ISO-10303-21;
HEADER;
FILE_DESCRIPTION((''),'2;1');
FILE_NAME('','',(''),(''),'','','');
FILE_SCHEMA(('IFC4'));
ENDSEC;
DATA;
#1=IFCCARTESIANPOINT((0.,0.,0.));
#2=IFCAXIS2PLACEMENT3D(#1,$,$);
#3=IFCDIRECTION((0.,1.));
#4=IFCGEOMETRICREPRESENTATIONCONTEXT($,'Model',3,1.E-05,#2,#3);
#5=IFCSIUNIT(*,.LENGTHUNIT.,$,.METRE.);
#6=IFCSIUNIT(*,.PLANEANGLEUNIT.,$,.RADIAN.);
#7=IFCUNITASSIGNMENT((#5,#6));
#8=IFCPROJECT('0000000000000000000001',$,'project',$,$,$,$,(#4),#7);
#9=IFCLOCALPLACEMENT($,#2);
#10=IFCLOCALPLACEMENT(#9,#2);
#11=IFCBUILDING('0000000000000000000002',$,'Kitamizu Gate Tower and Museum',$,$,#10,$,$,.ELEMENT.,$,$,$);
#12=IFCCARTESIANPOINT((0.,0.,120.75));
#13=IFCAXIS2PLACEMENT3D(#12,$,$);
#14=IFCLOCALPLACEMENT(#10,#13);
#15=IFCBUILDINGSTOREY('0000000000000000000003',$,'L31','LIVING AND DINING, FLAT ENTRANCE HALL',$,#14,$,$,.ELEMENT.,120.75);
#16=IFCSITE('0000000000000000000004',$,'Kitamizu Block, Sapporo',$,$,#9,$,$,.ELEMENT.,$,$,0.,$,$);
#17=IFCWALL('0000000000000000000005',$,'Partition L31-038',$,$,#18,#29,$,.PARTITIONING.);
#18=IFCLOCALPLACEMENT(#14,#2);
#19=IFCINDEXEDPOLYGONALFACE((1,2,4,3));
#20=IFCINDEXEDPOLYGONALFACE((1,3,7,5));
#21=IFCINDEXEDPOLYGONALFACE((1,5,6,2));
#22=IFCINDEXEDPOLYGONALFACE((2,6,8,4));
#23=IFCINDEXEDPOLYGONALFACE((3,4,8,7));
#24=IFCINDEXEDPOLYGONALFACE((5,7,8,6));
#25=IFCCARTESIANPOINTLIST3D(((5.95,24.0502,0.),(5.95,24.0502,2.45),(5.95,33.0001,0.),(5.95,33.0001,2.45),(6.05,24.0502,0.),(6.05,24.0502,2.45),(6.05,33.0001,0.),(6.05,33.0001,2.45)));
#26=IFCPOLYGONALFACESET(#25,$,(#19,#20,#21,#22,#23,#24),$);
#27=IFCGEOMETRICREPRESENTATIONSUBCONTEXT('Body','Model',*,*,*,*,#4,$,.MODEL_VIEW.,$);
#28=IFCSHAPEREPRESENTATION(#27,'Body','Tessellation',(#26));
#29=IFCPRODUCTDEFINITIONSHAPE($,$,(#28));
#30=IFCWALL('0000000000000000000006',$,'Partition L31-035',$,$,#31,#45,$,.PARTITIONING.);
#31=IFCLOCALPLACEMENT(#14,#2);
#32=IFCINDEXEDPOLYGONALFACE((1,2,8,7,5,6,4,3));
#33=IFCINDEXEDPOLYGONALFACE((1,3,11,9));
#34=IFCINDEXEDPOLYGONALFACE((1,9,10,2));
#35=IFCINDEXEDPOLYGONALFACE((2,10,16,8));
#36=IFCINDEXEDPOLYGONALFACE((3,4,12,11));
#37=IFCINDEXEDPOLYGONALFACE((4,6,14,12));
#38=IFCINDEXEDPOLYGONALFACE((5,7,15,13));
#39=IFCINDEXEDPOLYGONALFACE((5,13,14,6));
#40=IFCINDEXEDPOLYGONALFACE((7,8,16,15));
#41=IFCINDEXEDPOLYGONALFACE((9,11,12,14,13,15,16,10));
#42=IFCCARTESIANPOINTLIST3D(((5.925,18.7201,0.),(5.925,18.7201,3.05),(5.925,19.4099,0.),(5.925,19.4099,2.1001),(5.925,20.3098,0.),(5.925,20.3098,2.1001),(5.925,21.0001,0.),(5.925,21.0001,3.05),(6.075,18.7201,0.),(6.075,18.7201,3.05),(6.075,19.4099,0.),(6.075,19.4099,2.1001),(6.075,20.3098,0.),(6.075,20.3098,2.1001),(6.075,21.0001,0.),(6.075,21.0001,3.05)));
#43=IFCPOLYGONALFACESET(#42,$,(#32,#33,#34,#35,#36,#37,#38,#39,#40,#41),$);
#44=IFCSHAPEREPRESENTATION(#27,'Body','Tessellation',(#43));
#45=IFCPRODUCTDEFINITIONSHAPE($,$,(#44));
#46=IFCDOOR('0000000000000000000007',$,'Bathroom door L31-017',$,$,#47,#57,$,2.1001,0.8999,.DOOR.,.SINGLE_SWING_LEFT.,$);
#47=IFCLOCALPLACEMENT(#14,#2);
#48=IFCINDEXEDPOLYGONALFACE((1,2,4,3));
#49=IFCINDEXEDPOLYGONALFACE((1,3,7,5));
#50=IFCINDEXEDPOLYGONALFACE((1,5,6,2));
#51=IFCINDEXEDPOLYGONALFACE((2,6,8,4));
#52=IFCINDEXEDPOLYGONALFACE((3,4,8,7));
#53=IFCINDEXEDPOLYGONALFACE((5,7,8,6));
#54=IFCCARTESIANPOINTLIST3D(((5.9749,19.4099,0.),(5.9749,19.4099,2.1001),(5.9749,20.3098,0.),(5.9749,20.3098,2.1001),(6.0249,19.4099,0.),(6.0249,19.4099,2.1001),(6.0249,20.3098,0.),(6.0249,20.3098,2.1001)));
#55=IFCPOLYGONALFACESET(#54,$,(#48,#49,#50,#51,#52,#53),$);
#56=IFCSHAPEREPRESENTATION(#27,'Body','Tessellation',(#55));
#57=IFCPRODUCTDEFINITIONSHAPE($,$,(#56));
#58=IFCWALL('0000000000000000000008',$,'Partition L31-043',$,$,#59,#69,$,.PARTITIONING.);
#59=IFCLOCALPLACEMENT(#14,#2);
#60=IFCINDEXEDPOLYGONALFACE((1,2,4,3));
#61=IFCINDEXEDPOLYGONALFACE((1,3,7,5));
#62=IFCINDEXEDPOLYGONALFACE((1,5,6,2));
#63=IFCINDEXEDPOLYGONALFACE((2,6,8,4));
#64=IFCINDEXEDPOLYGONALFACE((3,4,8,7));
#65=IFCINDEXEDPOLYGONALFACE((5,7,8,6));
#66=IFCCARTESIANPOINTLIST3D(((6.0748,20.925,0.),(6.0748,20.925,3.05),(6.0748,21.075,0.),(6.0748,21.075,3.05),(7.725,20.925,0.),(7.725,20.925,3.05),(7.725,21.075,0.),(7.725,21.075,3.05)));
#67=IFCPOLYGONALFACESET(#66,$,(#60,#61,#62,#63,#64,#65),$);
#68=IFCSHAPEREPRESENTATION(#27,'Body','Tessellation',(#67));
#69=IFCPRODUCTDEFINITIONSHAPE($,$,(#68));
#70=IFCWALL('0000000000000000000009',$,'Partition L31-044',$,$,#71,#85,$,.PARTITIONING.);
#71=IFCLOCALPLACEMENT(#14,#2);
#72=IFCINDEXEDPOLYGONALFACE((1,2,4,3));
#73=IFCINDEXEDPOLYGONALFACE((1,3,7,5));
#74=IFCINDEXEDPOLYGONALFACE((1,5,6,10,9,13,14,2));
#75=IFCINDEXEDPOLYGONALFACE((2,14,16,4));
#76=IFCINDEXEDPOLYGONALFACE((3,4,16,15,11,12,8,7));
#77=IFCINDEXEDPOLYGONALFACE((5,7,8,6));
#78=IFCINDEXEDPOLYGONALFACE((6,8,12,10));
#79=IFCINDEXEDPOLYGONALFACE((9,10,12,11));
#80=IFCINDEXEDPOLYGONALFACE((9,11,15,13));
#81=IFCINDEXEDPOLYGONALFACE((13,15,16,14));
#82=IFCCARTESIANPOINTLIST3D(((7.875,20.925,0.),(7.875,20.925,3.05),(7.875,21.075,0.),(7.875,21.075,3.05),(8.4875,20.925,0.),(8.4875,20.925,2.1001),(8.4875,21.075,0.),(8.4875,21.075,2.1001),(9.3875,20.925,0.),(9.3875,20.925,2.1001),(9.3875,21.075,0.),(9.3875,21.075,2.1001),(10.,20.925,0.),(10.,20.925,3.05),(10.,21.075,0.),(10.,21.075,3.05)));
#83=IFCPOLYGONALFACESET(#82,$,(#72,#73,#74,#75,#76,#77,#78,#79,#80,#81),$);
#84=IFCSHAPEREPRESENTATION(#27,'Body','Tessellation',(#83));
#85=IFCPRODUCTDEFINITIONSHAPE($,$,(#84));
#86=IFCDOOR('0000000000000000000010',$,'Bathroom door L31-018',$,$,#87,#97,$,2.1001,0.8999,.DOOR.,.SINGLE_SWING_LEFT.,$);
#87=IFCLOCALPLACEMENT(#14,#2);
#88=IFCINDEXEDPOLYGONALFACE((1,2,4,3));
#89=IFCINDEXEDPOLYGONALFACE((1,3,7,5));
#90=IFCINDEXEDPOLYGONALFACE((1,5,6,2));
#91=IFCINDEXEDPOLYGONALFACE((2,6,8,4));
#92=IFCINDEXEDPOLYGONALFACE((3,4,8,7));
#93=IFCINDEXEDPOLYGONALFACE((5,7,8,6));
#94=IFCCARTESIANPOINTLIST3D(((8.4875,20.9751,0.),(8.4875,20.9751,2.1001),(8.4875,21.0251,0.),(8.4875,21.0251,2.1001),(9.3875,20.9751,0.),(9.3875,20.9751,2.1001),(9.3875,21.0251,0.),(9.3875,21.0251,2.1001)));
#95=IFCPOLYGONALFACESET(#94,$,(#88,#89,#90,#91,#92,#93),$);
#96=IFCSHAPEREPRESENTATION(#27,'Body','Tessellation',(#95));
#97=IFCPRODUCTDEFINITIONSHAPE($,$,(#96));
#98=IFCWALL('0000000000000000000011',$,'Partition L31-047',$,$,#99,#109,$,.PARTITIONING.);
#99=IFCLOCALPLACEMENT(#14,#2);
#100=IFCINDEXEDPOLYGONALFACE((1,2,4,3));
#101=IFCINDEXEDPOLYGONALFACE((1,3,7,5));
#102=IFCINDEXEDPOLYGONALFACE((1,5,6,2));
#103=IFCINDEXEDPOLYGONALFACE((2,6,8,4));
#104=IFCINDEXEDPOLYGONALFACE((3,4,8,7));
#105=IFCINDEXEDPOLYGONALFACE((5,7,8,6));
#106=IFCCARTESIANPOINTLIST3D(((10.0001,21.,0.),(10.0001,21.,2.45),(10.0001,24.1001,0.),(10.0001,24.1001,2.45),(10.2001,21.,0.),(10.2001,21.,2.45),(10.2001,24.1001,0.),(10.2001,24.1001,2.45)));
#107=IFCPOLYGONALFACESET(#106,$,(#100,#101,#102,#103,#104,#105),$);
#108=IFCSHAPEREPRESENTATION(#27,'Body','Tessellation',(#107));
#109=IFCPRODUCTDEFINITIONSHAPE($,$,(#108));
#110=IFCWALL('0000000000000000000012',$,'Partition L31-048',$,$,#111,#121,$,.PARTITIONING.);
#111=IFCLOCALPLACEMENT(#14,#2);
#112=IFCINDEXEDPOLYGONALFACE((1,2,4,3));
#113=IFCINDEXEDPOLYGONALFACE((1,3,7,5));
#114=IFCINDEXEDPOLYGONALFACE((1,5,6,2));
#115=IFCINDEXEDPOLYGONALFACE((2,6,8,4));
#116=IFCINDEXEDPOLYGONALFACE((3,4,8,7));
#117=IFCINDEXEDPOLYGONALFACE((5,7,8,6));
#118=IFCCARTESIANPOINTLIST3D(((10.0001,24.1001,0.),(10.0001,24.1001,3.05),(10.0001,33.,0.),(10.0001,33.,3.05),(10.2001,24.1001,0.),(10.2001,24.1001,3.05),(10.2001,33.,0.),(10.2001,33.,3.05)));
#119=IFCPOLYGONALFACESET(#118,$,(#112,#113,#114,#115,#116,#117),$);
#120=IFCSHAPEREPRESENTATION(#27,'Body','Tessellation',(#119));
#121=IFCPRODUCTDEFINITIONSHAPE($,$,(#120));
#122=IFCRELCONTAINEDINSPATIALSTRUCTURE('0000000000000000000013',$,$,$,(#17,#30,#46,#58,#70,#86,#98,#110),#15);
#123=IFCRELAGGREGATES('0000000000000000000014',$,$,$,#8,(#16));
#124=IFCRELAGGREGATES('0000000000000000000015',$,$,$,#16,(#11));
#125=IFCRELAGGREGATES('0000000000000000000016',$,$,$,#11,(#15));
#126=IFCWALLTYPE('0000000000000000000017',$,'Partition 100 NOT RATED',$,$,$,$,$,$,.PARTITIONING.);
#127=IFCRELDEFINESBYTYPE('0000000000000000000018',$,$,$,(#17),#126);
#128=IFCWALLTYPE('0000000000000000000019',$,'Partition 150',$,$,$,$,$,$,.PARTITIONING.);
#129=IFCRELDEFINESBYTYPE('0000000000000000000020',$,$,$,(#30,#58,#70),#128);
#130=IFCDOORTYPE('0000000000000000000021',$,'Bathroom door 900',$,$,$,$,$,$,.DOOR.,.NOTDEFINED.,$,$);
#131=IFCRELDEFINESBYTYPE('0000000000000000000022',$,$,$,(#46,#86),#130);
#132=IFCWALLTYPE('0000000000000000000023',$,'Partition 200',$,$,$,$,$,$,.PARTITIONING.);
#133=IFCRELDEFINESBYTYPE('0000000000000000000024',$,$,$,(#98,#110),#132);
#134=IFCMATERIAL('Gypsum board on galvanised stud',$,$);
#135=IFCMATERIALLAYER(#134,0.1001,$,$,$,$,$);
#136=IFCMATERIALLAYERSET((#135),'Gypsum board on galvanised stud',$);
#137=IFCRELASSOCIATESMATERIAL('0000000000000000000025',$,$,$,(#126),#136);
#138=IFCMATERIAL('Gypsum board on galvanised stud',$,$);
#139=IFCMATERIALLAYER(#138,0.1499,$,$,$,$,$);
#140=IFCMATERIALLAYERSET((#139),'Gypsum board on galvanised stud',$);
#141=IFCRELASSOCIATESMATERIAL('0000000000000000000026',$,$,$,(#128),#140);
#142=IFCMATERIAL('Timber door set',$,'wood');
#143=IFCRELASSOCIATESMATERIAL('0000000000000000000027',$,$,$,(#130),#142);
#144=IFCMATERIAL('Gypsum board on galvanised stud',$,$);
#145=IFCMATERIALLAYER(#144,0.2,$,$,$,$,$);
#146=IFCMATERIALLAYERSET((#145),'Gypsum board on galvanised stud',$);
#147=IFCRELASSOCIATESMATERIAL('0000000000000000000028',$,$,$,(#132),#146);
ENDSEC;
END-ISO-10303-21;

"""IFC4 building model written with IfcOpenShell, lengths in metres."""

from ifc_helpers import new_model, si_unit, direction, frame, frame_2d, origin, place, context, subcontext, project, spatial, rectangle, extrude, material, layer, layer_set, type_object, element, fill, save


model = new_model("IFC4")

# Units and contexts
model_context = context("Model", 3, precision=1e-05, world=origin(), true_north=direction((0.0, 1.0)))
body_context = subcontext(model_context, "Body", "Model", "MODEL_VIEW")
ifc_project = project(units=[si_unit("LENGTHUNIT", "METRE"), si_unit("PLANEANGLEUNIT", "RADIAN")], contexts=[model_context])

# Site, building, storey
site_placement = place(None, origin())
site = spatial("IfcSite", under=ifc_project, at=site_placement, Name="Kitamizu Block, Sapporo", CompositionType="ELEMENT", RefElevation=0.0)
building_placement = place(site_placement, origin())
building = spatial("IfcBuilding", under=site, at=building_placement, Name="Kitamizu Gate Tower and Museum", CompositionType="ELEMENT")
storey_placement = place(building_placement, frame((0.0, 0.0, 120.75)))
storey = spatial("IfcBuildingStorey", under=building, at=storey_placement, Name="L31", Description="LIVING AND DINING, FLAT ENTRANCE HALL", CompositionType="ELEMENT", Elevation=120.75)

# Shared definitions
ifc_material_1 = material(Name="Gypsum board on galvanised stud")
ifc_layer_1 = layer(ifc_material_1, 0.1001)
ifc_layer_set_1 = layer_set([ifc_layer_1], Name="Gypsum board on galvanised stud")
wall_type_1 = type_object("IfcWallType", Name="Partition 100 NOT RATED", PredefinedType="PARTITIONING", material=ifc_layer_set_1)

# Wall
wall_1_placement = place(storey_placement, frame((6.0, 24.05, 0.0), z_axis=(0.0, 0.0, 1.0), x_axis=(0.0, 1.0, 0.0)))
element("IfcWall", 1, at=wall_1_placement, inside=storey, type_object=wall_type_1, Name="Partition L31-038", PredefinedType="PARTITIONING", context=body_context, shape_type="SweptSolid", body=[
    extrude(rectangle(XDim=8.95, YDim=0.1001, at=frame_2d((4.4751, 0.0))), origin(), (0.0, 0.0, 1.0), 2.45),
])

# Wall, opening, door
ifc_material_2 = material(Name="Gypsum board on galvanised stud")
ifc_layer_2 = layer(ifc_material_2, 0.1499)
ifc_layer_set_2 = layer_set([ifc_layer_2], Name="Gypsum board on galvanised stud")
wall_type_2 = type_object("IfcWallType", Name="Partition 150", PredefinedType="PARTITIONING", material=ifc_layer_set_2)
wall_2_placement = place(storey_placement, frame((6.0, 18.72, 0.0), z_axis=(0.0, 0.0, 1.0), x_axis=(0.0, 1.0, 0.0)))
wall_2 = element("IfcWall", 2, at=wall_2_placement, inside=storey, type_object=wall_type_2, Name="Partition L31-035", PredefinedType="PARTITIONING", context=body_context, shape_type="SweptSolid", body=[
    extrude(rectangle(XDim=2.28, YDim=0.1499, at=frame_2d((1.1401, 0.0))), origin(), (0.0, 0.0, 1.0), 3.05),
])
opening_1_placement = place(wall_2_placement, frame((0.6899, 0.0, 0.0)))
opening_1 = element("IfcOpeningElement", 3, at=opening_1_placement, cuts=wall_2, PredefinedType="OPENING", context=body_context, shape_type="SweptSolid", body=[
    extrude(rectangle(XDim=0.8999, YDim=2.1001, at=frame_2d((0.45, 1.05))), frame((0.0, 0.085, 0.0), z_axis=(0.0, -1.0, 0.0), x_axis=(1.0, 0.0, 0.0)), (0.0, 0.0, 1.0), 0.1699),
])
ifc_material_3 = material(Name="Timber door set", Category="wood")
door_type_1 = type_object("IfcDoorType", Name="Bathroom door 900", OperationType="NOTDEFINED", PredefinedType="DOOR", material=ifc_material_3)
door_1_placement = place(opening_1_placement, frame((0.8999, 0.0, 0.0), x_axis=(-1.0, 0.0, 0.0)))
door_1 = element("IfcDoor", 4, at=door_1_placement, inside=storey, type_object=door_type_1, Name="Bathroom door L31-017", OperationType="SINGLE_SWING_LEFT", OverallHeight=2.1001, OverallWidth=0.8999, PredefinedType="DOOR", context=body_context, shape_type="SweptSolid", body=[
    extrude(rectangle(XDim=0.8999, YDim=2.1001, at=frame_2d((0.45, 1.05))), frame((0.0, 0.0249, 0.0), z_axis=(0.0, -1.0, 0.0), x_axis=(1.0, 0.0, 0.0)), (0.0, 0.0, 1.0), 0.05),
])
fill(opening_1, door_1)

# Wall
wall_3_placement = place(storey_placement, frame((7.7251, 21.0, 0.0), z_axis=(0.0, 0.0, 1.0), x_axis=(-1.0, 0.0, 0.0)))
element("IfcWall", 5, at=wall_3_placement, inside=storey, type_object=wall_type_2, Name="Partition L31-043", PredefinedType="PARTITIONING", context=body_context, shape_type="SweptSolid", body=[
    extrude(rectangle(XDim=1.6501, YDim=0.1499, at=frame_2d((0.8252, 0.0))), origin(), (0.0, 0.0, 1.0), 3.05),
])

# Wall, opening, door
wall_4_placement = place(storey_placement, frame((10.0, 21.0, 0.0), z_axis=(0.0, 0.0, 1.0), x_axis=(-1.0, 0.0, 0.0)))
wall_4 = element("IfcWall", 6, at=wall_4_placement, inside=storey, type_object=wall_type_2, Name="Partition L31-044", PredefinedType="PARTITIONING", context=body_context, shape_type="SweptSolid", body=[
    extrude(rectangle(XDim=2.125, YDim=0.1499, at=frame_2d((1.0625, 0.0))), origin(), (0.0, 0.0, 1.0), 3.05),
])
opening_2_placement = place(wall_4_placement, frame((0.6125, 0.0, 0.0)))
opening_2 = element("IfcOpeningElement", 7, at=opening_2_placement, cuts=wall_4, PredefinedType="OPENING", context=body_context, shape_type="SweptSolid", body=[
    extrude(rectangle(XDim=0.8999, YDim=2.1001, at=frame_2d((0.45, 1.05))), frame((0.0, 0.085, 0.0), z_axis=(0.0, -1.0, 0.0), x_axis=(1.0, 0.0, 0.0)), (0.0, 0.0, 1.0), 0.1699),
])
door_2_placement = place(opening_2_placement, origin())
door_2 = element("IfcDoor", 8, at=door_2_placement, inside=storey, type_object=door_type_1, Name="Bathroom door L31-018", OperationType="SINGLE_SWING_LEFT", OverallHeight=2.1001, OverallWidth=0.8999, PredefinedType="DOOR", context=body_context, shape_type="SweptSolid", body=[
    extrude(rectangle(XDim=0.8999, YDim=2.1001, at=frame_2d((0.45, 1.05))), frame((0.0, 0.0249, 0.0), z_axis=(0.0, -1.0, 0.0), x_axis=(1.0, 0.0, 0.0)), (0.0, 0.0, 1.0), 0.05),
])
fill(opening_2, door_2)

# Walls
ifc_material_4 = material(Name="Gypsum board on galvanised stud")
ifc_layer_3 = layer(ifc_material_4, 0.2)
ifc_layer_set_3 = layer_set([ifc_layer_3], Name="Gypsum board on galvanised stud")
wall_type_3 = type_object("IfcWallType", Name="Partition 200", PredefinedType="PARTITIONING", material=ifc_layer_set_3)
wall_5_placement = place(storey_placement, frame((10.1001, 21.0, 0.0), z_axis=(0.0, 0.0, 1.0), x_axis=(0.0, 1.0, 0.0)))
element("IfcWall", 9, at=wall_5_placement, inside=storey, type_object=wall_type_3, Name="Partition L31-047", PredefinedType="PARTITIONING", context=body_context, shape_type="SweptSolid", body=[
    extrude(rectangle(XDim=3.1001, YDim=0.2, at=frame_2d((1.55, 0.0))), origin(), (0.0, 0.0, 1.0), 2.45),
])
wall_6_placement = place(storey_placement, frame((10.1001, 24.1001, 0.0), z_axis=(0.0, 0.0, 1.0), x_axis=(0.0, 1.0, 0.0)))
element("IfcWall", 10, at=wall_6_placement, inside=storey, type_object=wall_type_3, Name="Partition L31-048", PredefinedType="PARTITIONING", context=body_context, shape_type="SweptSolid", body=[
    extrude(rectangle(XDim=8.8999, YDim=0.2, at=frame_2d((4.45, 0.0))), origin(), (0.0, 0.0, 1.0), 3.05),
])

save(model, "model.ifc")
